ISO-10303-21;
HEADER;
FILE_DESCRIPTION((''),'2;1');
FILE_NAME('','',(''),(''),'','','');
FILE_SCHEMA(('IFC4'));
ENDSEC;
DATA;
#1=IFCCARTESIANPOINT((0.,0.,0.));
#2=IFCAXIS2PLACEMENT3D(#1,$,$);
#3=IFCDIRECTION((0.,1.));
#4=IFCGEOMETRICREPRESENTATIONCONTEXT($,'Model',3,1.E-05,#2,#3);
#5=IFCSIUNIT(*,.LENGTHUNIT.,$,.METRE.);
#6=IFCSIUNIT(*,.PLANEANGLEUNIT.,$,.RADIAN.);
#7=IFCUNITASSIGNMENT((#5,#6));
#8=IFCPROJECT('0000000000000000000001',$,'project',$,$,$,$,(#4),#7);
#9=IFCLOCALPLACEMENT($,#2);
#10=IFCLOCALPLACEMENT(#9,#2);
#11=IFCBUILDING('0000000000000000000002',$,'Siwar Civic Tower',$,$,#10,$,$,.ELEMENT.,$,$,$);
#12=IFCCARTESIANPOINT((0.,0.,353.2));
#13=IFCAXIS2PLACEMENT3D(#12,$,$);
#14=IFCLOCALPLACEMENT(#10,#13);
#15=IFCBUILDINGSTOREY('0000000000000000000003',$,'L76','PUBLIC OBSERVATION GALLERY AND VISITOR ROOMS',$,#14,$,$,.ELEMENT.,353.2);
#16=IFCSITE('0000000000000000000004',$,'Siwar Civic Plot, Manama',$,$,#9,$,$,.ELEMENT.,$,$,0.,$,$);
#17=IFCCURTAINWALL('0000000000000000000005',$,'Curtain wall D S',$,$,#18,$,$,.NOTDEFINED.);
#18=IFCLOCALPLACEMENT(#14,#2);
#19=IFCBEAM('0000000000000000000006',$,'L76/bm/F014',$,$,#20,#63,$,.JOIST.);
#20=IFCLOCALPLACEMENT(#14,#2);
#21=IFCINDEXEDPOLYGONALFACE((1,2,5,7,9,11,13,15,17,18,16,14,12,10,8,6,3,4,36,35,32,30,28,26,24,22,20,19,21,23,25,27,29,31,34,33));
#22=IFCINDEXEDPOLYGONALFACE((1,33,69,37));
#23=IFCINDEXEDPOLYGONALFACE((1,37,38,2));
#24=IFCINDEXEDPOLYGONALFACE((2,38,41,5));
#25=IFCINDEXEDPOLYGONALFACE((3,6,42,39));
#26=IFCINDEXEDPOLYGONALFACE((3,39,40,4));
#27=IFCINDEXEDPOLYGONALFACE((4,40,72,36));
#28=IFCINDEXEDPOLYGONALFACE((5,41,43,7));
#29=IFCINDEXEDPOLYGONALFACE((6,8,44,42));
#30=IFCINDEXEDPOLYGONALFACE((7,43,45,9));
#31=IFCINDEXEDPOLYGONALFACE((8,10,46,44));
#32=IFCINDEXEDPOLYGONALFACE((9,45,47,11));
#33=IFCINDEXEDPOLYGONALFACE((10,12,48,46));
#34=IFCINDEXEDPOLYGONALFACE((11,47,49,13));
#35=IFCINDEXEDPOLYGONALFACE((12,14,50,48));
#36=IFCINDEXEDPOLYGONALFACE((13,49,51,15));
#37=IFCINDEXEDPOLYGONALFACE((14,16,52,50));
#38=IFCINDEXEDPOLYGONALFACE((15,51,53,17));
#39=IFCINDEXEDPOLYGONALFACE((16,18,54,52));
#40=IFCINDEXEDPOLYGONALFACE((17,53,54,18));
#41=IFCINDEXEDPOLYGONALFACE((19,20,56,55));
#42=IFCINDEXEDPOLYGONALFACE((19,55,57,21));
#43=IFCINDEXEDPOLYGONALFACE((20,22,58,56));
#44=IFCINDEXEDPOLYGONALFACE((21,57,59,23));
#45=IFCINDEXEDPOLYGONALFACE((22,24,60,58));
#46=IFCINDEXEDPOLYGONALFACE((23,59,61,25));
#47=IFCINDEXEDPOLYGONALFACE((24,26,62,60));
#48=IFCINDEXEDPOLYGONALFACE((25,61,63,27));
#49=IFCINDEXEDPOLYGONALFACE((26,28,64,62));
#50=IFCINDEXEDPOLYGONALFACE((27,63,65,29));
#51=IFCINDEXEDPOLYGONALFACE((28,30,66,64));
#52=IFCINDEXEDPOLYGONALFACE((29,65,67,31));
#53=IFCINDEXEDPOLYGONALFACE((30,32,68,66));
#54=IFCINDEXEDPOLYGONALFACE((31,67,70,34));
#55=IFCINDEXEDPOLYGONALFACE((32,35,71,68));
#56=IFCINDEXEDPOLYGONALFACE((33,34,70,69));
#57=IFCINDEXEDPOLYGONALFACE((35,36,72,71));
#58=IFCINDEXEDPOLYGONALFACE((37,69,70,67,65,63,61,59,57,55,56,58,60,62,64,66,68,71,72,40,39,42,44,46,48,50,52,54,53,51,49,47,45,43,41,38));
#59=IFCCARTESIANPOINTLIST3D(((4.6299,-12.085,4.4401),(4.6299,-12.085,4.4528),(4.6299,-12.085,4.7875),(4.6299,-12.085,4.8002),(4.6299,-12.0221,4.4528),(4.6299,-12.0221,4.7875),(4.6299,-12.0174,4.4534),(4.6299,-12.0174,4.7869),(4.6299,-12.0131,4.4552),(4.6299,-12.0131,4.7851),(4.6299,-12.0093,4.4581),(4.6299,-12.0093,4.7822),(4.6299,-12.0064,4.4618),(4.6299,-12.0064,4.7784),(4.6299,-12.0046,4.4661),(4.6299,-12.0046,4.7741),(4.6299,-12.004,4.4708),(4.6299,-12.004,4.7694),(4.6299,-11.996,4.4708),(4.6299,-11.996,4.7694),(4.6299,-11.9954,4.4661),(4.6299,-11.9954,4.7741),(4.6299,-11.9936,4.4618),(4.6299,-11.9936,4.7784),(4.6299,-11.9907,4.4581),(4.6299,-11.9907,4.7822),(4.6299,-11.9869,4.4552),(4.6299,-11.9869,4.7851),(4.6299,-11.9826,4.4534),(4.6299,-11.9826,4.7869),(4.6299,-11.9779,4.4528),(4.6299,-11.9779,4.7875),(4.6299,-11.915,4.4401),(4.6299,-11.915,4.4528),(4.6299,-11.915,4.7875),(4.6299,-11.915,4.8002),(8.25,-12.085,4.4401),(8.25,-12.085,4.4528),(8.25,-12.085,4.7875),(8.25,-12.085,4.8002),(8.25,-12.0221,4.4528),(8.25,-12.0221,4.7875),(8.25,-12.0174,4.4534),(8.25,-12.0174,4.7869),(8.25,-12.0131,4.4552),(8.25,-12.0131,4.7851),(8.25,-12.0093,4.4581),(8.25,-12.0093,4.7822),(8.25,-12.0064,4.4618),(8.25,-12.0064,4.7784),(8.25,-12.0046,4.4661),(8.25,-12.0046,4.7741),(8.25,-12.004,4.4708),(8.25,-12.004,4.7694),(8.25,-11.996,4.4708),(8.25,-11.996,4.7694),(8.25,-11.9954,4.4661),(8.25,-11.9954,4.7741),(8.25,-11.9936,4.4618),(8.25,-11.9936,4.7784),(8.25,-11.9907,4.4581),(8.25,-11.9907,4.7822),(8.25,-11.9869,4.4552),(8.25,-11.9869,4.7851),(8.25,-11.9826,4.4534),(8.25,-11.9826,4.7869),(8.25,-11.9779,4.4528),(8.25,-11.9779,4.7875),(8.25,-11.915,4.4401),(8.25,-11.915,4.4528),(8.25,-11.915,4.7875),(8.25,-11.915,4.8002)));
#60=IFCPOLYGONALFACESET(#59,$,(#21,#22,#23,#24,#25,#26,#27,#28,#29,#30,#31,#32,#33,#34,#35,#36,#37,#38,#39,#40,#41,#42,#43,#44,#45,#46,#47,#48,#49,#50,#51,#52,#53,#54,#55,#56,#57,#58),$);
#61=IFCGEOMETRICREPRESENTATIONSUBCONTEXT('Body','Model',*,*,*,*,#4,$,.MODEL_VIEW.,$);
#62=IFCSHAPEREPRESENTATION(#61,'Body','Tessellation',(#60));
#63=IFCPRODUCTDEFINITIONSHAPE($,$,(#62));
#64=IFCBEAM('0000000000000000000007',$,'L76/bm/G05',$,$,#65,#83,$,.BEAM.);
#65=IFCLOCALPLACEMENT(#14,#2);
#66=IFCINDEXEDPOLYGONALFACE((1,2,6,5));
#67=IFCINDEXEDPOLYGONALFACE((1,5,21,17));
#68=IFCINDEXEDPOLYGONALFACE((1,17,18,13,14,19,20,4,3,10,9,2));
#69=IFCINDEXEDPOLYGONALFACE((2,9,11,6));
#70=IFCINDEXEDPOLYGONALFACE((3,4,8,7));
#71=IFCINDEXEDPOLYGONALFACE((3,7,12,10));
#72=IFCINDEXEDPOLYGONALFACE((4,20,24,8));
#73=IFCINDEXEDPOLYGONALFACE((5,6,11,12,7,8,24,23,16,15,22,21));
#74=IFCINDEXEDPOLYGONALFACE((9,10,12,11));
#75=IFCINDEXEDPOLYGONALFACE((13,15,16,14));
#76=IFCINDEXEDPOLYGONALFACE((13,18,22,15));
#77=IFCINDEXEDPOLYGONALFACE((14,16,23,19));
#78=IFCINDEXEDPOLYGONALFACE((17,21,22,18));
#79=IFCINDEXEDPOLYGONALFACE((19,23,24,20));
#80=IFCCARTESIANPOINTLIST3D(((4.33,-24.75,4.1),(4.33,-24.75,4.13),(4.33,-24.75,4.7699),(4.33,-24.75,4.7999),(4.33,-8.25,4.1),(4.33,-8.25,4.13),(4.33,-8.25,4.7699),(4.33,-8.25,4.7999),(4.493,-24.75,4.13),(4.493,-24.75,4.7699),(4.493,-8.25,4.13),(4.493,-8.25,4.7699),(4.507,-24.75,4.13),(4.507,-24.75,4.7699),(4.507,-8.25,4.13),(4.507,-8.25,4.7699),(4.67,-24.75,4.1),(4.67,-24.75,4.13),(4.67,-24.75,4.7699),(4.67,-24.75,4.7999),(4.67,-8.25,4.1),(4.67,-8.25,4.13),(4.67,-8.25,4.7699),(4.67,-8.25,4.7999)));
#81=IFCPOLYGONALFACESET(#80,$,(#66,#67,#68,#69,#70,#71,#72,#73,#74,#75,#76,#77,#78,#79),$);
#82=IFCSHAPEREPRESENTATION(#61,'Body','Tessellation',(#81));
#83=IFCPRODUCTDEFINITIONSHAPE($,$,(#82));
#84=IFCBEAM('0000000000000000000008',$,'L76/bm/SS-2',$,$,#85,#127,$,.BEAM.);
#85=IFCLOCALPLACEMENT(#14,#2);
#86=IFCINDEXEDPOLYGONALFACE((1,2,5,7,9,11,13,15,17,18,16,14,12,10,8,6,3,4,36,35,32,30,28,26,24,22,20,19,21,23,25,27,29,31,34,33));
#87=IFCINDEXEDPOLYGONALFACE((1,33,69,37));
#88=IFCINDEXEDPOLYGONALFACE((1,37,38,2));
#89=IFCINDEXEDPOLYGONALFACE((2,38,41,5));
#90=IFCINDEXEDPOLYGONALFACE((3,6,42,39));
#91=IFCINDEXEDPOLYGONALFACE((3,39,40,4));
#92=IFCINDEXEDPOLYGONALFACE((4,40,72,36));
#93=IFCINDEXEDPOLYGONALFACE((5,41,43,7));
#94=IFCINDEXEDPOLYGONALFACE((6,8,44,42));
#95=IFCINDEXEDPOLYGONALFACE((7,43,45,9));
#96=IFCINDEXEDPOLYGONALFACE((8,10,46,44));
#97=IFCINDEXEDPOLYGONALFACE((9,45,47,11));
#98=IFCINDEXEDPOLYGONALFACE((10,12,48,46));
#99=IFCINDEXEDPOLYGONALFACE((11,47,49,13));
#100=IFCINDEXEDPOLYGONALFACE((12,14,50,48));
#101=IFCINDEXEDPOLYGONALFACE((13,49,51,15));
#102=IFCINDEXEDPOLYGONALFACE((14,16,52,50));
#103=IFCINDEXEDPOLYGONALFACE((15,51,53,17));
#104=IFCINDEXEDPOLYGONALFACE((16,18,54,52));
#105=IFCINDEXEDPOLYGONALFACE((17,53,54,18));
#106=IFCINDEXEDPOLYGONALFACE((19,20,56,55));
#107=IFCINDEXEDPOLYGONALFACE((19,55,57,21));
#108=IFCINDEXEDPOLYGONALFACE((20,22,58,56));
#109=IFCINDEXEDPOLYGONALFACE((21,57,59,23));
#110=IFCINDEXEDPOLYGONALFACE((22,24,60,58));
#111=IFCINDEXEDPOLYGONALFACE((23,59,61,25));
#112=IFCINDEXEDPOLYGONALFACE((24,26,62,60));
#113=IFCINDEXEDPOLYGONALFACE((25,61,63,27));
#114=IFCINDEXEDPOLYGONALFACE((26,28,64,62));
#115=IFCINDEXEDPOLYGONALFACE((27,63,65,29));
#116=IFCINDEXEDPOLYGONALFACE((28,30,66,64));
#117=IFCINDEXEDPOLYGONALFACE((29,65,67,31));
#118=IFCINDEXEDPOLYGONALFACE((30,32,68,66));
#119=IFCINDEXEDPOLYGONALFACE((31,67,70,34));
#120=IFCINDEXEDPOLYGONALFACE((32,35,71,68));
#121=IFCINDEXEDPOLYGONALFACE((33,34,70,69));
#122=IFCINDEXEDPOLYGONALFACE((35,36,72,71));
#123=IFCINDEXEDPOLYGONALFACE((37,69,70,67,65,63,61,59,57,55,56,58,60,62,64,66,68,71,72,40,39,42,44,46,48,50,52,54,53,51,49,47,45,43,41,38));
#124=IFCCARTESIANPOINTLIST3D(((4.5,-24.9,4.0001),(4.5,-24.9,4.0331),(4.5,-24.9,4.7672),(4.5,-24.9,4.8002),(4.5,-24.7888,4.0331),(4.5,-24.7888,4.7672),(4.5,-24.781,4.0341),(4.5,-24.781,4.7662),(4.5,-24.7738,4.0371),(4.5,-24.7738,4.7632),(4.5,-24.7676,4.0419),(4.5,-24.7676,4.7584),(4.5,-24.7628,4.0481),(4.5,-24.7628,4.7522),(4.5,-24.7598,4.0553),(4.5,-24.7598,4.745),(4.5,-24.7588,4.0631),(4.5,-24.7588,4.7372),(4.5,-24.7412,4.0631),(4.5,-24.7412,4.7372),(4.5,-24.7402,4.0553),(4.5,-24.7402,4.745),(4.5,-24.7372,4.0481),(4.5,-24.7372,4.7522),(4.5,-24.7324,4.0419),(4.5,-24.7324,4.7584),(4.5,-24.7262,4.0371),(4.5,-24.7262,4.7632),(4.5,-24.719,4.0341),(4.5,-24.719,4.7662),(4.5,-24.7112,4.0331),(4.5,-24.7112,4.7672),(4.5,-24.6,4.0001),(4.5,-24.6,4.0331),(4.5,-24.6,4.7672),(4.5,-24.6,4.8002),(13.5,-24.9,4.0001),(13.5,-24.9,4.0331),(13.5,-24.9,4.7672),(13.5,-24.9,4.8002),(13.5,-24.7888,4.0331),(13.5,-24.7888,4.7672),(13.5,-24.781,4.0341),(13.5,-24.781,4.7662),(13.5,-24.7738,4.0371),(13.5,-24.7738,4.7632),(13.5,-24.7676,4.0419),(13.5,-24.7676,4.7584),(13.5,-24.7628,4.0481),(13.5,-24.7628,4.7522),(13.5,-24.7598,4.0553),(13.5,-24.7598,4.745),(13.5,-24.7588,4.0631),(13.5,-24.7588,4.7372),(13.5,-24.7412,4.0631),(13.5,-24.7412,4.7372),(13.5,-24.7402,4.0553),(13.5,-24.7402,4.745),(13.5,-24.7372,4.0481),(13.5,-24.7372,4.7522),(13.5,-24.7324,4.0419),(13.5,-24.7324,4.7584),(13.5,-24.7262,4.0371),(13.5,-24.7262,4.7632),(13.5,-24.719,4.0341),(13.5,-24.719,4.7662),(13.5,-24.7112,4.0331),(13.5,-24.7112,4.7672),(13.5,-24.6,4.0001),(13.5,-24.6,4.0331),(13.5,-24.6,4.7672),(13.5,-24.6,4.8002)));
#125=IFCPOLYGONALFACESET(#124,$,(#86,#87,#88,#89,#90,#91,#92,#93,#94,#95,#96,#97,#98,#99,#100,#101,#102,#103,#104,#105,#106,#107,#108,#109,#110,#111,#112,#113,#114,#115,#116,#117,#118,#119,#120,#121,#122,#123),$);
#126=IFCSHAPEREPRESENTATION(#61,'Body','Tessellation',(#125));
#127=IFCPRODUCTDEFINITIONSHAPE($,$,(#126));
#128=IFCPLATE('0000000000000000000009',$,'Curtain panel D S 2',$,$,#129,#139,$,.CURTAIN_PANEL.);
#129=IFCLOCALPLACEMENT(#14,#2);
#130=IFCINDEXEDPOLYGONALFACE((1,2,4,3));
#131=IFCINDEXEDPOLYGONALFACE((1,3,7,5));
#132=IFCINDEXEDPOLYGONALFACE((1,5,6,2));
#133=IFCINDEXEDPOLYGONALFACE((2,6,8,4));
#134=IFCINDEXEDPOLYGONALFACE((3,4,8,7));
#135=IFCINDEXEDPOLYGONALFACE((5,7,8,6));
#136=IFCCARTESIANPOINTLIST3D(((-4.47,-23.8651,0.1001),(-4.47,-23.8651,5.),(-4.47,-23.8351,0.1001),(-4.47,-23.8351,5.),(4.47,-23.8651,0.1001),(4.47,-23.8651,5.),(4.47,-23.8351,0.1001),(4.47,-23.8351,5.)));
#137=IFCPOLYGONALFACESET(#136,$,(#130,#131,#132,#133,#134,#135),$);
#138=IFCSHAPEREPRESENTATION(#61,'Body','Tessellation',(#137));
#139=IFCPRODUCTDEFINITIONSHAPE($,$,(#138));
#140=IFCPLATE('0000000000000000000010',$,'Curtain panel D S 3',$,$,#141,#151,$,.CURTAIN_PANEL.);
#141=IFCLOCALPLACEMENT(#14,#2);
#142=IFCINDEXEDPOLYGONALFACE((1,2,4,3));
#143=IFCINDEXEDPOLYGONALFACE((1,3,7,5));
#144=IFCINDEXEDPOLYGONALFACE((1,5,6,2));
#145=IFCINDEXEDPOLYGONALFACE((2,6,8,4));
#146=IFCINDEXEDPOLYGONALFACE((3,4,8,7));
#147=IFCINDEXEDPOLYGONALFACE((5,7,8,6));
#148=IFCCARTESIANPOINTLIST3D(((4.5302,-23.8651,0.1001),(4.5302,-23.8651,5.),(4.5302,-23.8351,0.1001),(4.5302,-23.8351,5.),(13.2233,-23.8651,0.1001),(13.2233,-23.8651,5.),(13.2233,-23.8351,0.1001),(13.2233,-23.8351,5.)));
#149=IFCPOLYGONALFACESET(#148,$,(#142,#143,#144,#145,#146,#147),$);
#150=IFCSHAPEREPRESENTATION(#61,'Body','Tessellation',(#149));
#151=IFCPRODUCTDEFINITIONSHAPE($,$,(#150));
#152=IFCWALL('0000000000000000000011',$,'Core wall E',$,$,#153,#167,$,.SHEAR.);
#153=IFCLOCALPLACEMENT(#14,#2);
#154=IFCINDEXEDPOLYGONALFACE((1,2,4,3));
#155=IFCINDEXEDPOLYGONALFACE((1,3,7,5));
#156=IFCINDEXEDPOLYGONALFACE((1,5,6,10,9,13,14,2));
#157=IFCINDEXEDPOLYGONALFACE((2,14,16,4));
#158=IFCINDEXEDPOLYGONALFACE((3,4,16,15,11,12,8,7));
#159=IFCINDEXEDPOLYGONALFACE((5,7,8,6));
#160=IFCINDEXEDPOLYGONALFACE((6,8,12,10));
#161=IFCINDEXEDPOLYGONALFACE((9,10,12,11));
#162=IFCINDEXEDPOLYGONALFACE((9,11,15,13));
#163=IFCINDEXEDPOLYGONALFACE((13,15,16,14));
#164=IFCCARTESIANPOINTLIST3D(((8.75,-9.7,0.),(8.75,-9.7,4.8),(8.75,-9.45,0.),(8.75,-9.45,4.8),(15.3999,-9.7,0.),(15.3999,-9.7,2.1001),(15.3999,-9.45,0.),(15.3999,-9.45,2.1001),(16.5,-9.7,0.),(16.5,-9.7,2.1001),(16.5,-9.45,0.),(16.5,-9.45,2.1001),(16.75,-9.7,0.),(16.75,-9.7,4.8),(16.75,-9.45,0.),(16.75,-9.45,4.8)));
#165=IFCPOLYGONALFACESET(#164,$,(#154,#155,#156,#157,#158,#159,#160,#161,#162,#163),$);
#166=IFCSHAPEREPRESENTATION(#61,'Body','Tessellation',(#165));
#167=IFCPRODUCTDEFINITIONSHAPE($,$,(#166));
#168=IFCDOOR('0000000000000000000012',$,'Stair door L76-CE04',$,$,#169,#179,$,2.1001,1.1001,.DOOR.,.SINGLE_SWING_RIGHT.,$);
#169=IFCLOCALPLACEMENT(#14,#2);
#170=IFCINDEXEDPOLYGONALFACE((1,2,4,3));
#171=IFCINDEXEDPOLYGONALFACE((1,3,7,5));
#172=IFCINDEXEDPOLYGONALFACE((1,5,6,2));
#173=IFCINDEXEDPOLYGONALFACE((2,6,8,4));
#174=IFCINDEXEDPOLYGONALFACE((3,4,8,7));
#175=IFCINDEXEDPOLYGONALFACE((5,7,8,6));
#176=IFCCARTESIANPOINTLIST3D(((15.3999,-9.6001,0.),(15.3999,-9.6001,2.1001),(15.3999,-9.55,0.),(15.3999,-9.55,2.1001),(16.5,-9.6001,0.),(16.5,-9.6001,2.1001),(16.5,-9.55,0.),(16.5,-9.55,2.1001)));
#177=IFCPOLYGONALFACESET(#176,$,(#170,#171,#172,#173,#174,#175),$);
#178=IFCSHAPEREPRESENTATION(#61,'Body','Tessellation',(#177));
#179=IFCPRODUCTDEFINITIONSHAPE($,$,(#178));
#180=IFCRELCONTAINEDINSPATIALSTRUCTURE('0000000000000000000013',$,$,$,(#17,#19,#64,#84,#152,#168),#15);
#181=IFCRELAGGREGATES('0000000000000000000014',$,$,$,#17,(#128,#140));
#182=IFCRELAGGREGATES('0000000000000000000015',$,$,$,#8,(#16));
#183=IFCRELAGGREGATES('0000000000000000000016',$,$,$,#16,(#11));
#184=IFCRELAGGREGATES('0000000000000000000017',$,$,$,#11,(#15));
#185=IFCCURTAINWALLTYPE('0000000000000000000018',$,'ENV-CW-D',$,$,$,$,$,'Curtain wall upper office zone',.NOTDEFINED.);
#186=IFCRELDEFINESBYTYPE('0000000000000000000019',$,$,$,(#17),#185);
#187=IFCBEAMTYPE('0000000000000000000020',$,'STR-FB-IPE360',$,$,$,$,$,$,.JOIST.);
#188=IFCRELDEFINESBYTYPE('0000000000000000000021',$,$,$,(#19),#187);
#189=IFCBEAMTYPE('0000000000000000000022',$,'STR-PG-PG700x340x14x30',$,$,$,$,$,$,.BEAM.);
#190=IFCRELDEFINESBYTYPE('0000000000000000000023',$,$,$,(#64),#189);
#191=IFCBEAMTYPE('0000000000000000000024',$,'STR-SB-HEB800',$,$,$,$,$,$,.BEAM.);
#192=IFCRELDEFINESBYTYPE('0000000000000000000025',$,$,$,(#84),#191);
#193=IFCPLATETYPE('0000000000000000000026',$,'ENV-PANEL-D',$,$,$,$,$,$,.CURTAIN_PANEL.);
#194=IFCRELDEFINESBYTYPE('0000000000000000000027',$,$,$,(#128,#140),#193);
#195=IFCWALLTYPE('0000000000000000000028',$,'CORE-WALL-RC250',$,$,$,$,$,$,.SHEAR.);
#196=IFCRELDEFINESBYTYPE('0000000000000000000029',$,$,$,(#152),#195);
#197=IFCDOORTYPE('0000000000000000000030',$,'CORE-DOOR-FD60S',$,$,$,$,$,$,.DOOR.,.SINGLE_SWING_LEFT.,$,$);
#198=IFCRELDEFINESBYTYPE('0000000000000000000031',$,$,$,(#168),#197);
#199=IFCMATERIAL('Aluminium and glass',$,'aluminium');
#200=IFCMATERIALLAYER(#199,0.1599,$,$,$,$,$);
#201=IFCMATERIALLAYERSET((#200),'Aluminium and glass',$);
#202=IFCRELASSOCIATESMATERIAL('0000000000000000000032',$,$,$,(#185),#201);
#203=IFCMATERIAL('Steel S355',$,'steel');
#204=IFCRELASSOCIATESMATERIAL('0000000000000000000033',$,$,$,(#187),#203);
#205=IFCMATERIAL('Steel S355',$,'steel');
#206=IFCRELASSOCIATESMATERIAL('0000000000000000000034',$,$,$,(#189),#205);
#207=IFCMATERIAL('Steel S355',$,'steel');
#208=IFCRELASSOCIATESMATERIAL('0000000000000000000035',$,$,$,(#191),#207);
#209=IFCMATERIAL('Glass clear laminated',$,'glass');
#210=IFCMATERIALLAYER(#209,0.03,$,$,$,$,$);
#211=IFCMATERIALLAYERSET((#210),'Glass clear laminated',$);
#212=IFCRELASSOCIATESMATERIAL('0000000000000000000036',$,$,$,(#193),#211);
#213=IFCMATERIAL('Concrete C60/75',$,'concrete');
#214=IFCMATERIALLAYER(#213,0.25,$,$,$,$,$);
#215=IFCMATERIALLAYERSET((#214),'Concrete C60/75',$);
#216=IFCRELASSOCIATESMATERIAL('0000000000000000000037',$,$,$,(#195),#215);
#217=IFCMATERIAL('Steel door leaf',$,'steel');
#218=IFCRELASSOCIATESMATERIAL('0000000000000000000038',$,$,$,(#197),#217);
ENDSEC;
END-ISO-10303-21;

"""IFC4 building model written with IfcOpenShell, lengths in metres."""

from ifc_helpers import new_model, si_unit, direction, frame, frame_2d, origin, origin_2d, place, context, subcontext, project, spatial, rectangle, i_section, extrude, material, layer, layer_set, material_profile, profile_set, type_object, element, fill, aggregate, save


model = new_model("IFC4")

# Units and contexts
model_context = context("Model", 3, precision=1e-05, world=origin(), true_north=direction((0.0, 1.0)))
body_context = subcontext(model_context, "Body", "Model", "MODEL_VIEW")
ifc_project = project(units=[si_unit("LENGTHUNIT", "METRE"), si_unit("PLANEANGLEUNIT", "RADIAN")], contexts=[model_context])

# Site, building, storey
site_placement = place(None, origin())
site = spatial("IfcSite", under=ifc_project, at=site_placement, Name="Siwar Civic Plot, Manama", CompositionType="ELEMENT", RefElevation=0.0)
building_placement = place(site_placement, origin())
building = spatial("IfcBuilding", under=site, at=building_placement, Name="Siwar Civic Tower", CompositionType="ELEMENT")
storey_placement = place(building_placement, frame((0.0, 0.0, 353.2)))
storey = spatial("IfcBuildingStorey", under=building, at=storey_placement, Name="L76", Description="PUBLIC OBSERVATION GALLERY AND VISITOR ROOMS", CompositionType="ELEMENT", Elevation=353.2)

# Curtain wall
ifc_material_1 = material(Name="Aluminium and glass", Category="aluminium")
ifc_layer_1 = layer(ifc_material_1, 0.1599)
ifc_layer_set_1 = layer_set([ifc_layer_1], Name="Aluminium and glass")
curtain_wall_type_1 = type_object("IfcCurtainWallType", Name="ENV-CW-D", ElementType="Curtain wall upper office zone", PredefinedType="NOTDEFINED", material=ifc_layer_set_1)
curtain_wall_1_placement = place(storey_placement, origin())
curtain_wall_1 = element("IfcCurtainWall", 1, at=curtain_wall_1_placement, inside=storey, type_object=curtain_wall_type_1, Name="Curtain wall D S", PredefinedType="NOTDEFINED")

# Beams
ifc_material_2 = material(Name="Steel S355", Category="steel")
ifc_material_profile_1 = material_profile(ifc_material_2, i_section(OverallWidth=0.1699, OverallDepth=0.3601, WebThickness=0.0081, FlangeThickness=0.0127, FilletRadius=0.0181, at=origin_2d()), Name="IPE360")
ifc_profile_set_1 = profile_set([ifc_material_profile_1], Name="Steel S355")
beam_type_1 = type_object("IfcBeamType", Name="STR-FB-IPE360", PredefinedType="JOIST", material=ifc_profile_set_1)
beam_1_placement = place(storey_placement, frame((4.6299, -12.0, 4.6201), z_axis=(1.0, 0.0, 0.0), x_axis=(0.0, 1.0, 0.0)))
element("IfcBeam", 2, at=beam_1_placement, inside=storey, type_object=beam_type_1, Name="L76/bm/F014", PredefinedType="JOIST", context=body_context, shape_type="SweptSolid", body=[
    extrude(i_section(OverallWidth=0.1699, OverallDepth=0.3601, WebThickness=0.0081, FlangeThickness=0.0127, FilletRadius=0.0181, at=origin_2d()), origin(), (0.0, 0.0, 1.0), 3.6201),
])
ifc_material_3 = material(Name="Steel S355", Category="steel")
ifc_material_profile_2 = material_profile(ifc_material_3, i_section(OverallWidth=0.3401, OverallDepth=0.7, WebThickness=0.0139, FlangeThickness=0.03, at=origin_2d()), Name="PG700x340x14x30")
ifc_profile_set_2 = profile_set([ifc_material_profile_2], Name="Steel S355")
beam_type_2 = type_object("IfcBeamType", Name="STR-PG-PG700x340x14x30", PredefinedType="BEAM", material=ifc_profile_set_2)
beam_2_placement = place(storey_placement, frame((4.5, -24.75, 4.45), z_axis=(0.0, 1.0, 0.0), x_axis=(-1.0, 0.0, 0.0)))
element("IfcBeam", 3, at=beam_2_placement, inside=storey, type_object=beam_type_2, Name="L76/bm/G05", PredefinedType="BEAM", context=body_context, shape_type="SweptSolid", body=[
    extrude(i_section(OverallWidth=0.3401, OverallDepth=0.7, WebThickness=0.0139, FlangeThickness=0.03, at=origin_2d()), origin(), (0.0, 0.0, 1.0), 16.5),
])
ifc_material_4 = material(Name="Steel S355", Category="steel")
ifc_material_profile_3 = material_profile(ifc_material_4, i_section(OverallWidth=0.3, OverallDepth=0.8, WebThickness=0.0176, FlangeThickness=0.033, FilletRadius=0.03, at=origin_2d()), Name="HEB800")
ifc_profile_set_3 = profile_set([ifc_material_profile_3], Name="Steel S355")
beam_type_3 = type_object("IfcBeamType", Name="STR-SB-HEB800", PredefinedType="BEAM", material=ifc_profile_set_3)
beam_3_placement = place(storey_placement, frame((4.5, -24.75, 4.4001), z_axis=(1.0, 0.0, 0.0), x_axis=(0.0, 1.0, 0.0)))
element("IfcBeam", 4, at=beam_3_placement, inside=storey, type_object=beam_type_3, Name="L76/bm/SS-2", PredefinedType="BEAM", context=body_context, shape_type="SweptSolid", body=[
    extrude(i_section(OverallWidth=0.3, OverallDepth=0.8, WebThickness=0.0176, FlangeThickness=0.033, FilletRadius=0.03, at=origin_2d()), origin(), (0.0, 0.0, 1.0), 9.0),
])

# Plates
ifc_material_5 = material(Name="Glass clear laminated", Category="glass")
ifc_layer_2 = layer(ifc_material_5, 0.03)
ifc_layer_set_2 = layer_set([ifc_layer_2], Name="Glass clear laminated")
plate_type = type_object("IfcPlateType", Name="ENV-PANEL-D", PredefinedType="CURTAIN_PANEL", material=ifc_layer_set_2)
plate_1_placement = place(storey_placement, frame((0.0, -23.8501, 0.1001), z_axis=(0.0, 0.0, 1.0), x_axis=(1.0, 0.0, 0.0)))
plate_1 = element("IfcPlate", 5, at=plate_1_placement, type_object=plate_type, Name="Curtain panel D S 2", PredefinedType="CURTAIN_PANEL", context=body_context, shape_type="SweptSolid", body=[
    extrude(rectangle(XDim=8.9399, YDim=0.03, at=origin_2d()), origin(), (0.0, 0.0, 1.0), 4.8999),
])
plate_2_placement = place(storey_placement, frame((8.8767, -23.8501, 0.1001), z_axis=(0.0, 0.0, 1.0), x_axis=(1.0, 0.0, 0.0)))
plate_2 = element("IfcPlate", 6, at=plate_2_placement, type_object=plate_type, Name="Curtain panel D S 3", PredefinedType="CURTAIN_PANEL", context=body_context, shape_type="SweptSolid", body=[
    extrude(rectangle(XDim=8.6931, YDim=0.03, at=origin_2d()), origin(), (0.0, 0.0, 1.0), 4.8999),
])
aggregate(curtain_wall_1, [plate_1, plate_2])

# Wall, opening, door
ifc_material_6 = material(Name="Concrete C60/75", Category="concrete")
ifc_layer_3 = layer(ifc_material_6, 0.25)
ifc_layer_set_3 = layer_set([ifc_layer_3], Name="Concrete C60/75")
wall_type_1 = type_object("IfcWallType", Name="CORE-WALL-RC250", PredefinedType="SHEAR", material=ifc_layer_set_3)
wall_1_placement = place(storey_placement, frame((8.75, -9.575, 0.0), z_axis=(0.0, 0.0, 1.0), x_axis=(1.0, 0.0, 0.0)))
wall_1 = element("IfcWall", 7, at=wall_1_placement, inside=storey, type_object=wall_type_1, Name="Core wall E", PredefinedType="SHEAR", context=body_context, shape_type="SweptSolid", body=[
    extrude(rectangle(XDim=8.0, YDim=0.25, at=frame_2d((4.0, 0.0))), origin(), (0.0, 0.0, 1.0), 4.8),
])
opening_1_placement = place(wall_1_placement, frame((6.6499, 0.0, 0.0)))
opening_1 = element("IfcOpeningElement", 8, at=opening_1_placement, cuts=wall_1, PredefinedType="OPENING", context=body_context, shape_type="SweptSolid", body=[
    extrude(rectangle(XDim=1.1001, YDim=2.1001, at=frame_2d((0.55, 1.05))), frame((0.0, 0.135, 0.0), z_axis=(0.0, -1.0, 0.0), x_axis=(1.0, 0.0, 0.0)), (0.0, 0.0, 1.0), 0.27),
])
ifc_material_7 = material(Name="Steel door leaf", Category="steel")
door_type_1 = type_object("IfcDoorType", Name="CORE-DOOR-FD60S", OperationType="SINGLE_SWING_LEFT", PredefinedType="DOOR", material=ifc_material_7)
door_1_placement = place(opening_1_placement, origin())
door_1 = element("IfcDoor", 9, at=door_1_placement, inside=storey, type_object=door_type_1, Name="Stair door L76-CE04", OperationType="SINGLE_SWING_RIGHT", OverallHeight=2.1001, OverallWidth=1.1001, PredefinedType="DOOR", context=body_context, shape_type="SweptSolid", body=[
    extrude(rectangle(XDim=1.1001, YDim=2.1001, at=frame_2d((0.55, 1.05))), frame((0.0, 0.0249, 0.0), z_axis=(0.0, -1.0, 0.0), x_axis=(1.0, 0.0, 0.0)), (0.0, 0.0, 1.0), 0.05),
])
fill(opening_1, door_1)

save(model, "model.ifc")
